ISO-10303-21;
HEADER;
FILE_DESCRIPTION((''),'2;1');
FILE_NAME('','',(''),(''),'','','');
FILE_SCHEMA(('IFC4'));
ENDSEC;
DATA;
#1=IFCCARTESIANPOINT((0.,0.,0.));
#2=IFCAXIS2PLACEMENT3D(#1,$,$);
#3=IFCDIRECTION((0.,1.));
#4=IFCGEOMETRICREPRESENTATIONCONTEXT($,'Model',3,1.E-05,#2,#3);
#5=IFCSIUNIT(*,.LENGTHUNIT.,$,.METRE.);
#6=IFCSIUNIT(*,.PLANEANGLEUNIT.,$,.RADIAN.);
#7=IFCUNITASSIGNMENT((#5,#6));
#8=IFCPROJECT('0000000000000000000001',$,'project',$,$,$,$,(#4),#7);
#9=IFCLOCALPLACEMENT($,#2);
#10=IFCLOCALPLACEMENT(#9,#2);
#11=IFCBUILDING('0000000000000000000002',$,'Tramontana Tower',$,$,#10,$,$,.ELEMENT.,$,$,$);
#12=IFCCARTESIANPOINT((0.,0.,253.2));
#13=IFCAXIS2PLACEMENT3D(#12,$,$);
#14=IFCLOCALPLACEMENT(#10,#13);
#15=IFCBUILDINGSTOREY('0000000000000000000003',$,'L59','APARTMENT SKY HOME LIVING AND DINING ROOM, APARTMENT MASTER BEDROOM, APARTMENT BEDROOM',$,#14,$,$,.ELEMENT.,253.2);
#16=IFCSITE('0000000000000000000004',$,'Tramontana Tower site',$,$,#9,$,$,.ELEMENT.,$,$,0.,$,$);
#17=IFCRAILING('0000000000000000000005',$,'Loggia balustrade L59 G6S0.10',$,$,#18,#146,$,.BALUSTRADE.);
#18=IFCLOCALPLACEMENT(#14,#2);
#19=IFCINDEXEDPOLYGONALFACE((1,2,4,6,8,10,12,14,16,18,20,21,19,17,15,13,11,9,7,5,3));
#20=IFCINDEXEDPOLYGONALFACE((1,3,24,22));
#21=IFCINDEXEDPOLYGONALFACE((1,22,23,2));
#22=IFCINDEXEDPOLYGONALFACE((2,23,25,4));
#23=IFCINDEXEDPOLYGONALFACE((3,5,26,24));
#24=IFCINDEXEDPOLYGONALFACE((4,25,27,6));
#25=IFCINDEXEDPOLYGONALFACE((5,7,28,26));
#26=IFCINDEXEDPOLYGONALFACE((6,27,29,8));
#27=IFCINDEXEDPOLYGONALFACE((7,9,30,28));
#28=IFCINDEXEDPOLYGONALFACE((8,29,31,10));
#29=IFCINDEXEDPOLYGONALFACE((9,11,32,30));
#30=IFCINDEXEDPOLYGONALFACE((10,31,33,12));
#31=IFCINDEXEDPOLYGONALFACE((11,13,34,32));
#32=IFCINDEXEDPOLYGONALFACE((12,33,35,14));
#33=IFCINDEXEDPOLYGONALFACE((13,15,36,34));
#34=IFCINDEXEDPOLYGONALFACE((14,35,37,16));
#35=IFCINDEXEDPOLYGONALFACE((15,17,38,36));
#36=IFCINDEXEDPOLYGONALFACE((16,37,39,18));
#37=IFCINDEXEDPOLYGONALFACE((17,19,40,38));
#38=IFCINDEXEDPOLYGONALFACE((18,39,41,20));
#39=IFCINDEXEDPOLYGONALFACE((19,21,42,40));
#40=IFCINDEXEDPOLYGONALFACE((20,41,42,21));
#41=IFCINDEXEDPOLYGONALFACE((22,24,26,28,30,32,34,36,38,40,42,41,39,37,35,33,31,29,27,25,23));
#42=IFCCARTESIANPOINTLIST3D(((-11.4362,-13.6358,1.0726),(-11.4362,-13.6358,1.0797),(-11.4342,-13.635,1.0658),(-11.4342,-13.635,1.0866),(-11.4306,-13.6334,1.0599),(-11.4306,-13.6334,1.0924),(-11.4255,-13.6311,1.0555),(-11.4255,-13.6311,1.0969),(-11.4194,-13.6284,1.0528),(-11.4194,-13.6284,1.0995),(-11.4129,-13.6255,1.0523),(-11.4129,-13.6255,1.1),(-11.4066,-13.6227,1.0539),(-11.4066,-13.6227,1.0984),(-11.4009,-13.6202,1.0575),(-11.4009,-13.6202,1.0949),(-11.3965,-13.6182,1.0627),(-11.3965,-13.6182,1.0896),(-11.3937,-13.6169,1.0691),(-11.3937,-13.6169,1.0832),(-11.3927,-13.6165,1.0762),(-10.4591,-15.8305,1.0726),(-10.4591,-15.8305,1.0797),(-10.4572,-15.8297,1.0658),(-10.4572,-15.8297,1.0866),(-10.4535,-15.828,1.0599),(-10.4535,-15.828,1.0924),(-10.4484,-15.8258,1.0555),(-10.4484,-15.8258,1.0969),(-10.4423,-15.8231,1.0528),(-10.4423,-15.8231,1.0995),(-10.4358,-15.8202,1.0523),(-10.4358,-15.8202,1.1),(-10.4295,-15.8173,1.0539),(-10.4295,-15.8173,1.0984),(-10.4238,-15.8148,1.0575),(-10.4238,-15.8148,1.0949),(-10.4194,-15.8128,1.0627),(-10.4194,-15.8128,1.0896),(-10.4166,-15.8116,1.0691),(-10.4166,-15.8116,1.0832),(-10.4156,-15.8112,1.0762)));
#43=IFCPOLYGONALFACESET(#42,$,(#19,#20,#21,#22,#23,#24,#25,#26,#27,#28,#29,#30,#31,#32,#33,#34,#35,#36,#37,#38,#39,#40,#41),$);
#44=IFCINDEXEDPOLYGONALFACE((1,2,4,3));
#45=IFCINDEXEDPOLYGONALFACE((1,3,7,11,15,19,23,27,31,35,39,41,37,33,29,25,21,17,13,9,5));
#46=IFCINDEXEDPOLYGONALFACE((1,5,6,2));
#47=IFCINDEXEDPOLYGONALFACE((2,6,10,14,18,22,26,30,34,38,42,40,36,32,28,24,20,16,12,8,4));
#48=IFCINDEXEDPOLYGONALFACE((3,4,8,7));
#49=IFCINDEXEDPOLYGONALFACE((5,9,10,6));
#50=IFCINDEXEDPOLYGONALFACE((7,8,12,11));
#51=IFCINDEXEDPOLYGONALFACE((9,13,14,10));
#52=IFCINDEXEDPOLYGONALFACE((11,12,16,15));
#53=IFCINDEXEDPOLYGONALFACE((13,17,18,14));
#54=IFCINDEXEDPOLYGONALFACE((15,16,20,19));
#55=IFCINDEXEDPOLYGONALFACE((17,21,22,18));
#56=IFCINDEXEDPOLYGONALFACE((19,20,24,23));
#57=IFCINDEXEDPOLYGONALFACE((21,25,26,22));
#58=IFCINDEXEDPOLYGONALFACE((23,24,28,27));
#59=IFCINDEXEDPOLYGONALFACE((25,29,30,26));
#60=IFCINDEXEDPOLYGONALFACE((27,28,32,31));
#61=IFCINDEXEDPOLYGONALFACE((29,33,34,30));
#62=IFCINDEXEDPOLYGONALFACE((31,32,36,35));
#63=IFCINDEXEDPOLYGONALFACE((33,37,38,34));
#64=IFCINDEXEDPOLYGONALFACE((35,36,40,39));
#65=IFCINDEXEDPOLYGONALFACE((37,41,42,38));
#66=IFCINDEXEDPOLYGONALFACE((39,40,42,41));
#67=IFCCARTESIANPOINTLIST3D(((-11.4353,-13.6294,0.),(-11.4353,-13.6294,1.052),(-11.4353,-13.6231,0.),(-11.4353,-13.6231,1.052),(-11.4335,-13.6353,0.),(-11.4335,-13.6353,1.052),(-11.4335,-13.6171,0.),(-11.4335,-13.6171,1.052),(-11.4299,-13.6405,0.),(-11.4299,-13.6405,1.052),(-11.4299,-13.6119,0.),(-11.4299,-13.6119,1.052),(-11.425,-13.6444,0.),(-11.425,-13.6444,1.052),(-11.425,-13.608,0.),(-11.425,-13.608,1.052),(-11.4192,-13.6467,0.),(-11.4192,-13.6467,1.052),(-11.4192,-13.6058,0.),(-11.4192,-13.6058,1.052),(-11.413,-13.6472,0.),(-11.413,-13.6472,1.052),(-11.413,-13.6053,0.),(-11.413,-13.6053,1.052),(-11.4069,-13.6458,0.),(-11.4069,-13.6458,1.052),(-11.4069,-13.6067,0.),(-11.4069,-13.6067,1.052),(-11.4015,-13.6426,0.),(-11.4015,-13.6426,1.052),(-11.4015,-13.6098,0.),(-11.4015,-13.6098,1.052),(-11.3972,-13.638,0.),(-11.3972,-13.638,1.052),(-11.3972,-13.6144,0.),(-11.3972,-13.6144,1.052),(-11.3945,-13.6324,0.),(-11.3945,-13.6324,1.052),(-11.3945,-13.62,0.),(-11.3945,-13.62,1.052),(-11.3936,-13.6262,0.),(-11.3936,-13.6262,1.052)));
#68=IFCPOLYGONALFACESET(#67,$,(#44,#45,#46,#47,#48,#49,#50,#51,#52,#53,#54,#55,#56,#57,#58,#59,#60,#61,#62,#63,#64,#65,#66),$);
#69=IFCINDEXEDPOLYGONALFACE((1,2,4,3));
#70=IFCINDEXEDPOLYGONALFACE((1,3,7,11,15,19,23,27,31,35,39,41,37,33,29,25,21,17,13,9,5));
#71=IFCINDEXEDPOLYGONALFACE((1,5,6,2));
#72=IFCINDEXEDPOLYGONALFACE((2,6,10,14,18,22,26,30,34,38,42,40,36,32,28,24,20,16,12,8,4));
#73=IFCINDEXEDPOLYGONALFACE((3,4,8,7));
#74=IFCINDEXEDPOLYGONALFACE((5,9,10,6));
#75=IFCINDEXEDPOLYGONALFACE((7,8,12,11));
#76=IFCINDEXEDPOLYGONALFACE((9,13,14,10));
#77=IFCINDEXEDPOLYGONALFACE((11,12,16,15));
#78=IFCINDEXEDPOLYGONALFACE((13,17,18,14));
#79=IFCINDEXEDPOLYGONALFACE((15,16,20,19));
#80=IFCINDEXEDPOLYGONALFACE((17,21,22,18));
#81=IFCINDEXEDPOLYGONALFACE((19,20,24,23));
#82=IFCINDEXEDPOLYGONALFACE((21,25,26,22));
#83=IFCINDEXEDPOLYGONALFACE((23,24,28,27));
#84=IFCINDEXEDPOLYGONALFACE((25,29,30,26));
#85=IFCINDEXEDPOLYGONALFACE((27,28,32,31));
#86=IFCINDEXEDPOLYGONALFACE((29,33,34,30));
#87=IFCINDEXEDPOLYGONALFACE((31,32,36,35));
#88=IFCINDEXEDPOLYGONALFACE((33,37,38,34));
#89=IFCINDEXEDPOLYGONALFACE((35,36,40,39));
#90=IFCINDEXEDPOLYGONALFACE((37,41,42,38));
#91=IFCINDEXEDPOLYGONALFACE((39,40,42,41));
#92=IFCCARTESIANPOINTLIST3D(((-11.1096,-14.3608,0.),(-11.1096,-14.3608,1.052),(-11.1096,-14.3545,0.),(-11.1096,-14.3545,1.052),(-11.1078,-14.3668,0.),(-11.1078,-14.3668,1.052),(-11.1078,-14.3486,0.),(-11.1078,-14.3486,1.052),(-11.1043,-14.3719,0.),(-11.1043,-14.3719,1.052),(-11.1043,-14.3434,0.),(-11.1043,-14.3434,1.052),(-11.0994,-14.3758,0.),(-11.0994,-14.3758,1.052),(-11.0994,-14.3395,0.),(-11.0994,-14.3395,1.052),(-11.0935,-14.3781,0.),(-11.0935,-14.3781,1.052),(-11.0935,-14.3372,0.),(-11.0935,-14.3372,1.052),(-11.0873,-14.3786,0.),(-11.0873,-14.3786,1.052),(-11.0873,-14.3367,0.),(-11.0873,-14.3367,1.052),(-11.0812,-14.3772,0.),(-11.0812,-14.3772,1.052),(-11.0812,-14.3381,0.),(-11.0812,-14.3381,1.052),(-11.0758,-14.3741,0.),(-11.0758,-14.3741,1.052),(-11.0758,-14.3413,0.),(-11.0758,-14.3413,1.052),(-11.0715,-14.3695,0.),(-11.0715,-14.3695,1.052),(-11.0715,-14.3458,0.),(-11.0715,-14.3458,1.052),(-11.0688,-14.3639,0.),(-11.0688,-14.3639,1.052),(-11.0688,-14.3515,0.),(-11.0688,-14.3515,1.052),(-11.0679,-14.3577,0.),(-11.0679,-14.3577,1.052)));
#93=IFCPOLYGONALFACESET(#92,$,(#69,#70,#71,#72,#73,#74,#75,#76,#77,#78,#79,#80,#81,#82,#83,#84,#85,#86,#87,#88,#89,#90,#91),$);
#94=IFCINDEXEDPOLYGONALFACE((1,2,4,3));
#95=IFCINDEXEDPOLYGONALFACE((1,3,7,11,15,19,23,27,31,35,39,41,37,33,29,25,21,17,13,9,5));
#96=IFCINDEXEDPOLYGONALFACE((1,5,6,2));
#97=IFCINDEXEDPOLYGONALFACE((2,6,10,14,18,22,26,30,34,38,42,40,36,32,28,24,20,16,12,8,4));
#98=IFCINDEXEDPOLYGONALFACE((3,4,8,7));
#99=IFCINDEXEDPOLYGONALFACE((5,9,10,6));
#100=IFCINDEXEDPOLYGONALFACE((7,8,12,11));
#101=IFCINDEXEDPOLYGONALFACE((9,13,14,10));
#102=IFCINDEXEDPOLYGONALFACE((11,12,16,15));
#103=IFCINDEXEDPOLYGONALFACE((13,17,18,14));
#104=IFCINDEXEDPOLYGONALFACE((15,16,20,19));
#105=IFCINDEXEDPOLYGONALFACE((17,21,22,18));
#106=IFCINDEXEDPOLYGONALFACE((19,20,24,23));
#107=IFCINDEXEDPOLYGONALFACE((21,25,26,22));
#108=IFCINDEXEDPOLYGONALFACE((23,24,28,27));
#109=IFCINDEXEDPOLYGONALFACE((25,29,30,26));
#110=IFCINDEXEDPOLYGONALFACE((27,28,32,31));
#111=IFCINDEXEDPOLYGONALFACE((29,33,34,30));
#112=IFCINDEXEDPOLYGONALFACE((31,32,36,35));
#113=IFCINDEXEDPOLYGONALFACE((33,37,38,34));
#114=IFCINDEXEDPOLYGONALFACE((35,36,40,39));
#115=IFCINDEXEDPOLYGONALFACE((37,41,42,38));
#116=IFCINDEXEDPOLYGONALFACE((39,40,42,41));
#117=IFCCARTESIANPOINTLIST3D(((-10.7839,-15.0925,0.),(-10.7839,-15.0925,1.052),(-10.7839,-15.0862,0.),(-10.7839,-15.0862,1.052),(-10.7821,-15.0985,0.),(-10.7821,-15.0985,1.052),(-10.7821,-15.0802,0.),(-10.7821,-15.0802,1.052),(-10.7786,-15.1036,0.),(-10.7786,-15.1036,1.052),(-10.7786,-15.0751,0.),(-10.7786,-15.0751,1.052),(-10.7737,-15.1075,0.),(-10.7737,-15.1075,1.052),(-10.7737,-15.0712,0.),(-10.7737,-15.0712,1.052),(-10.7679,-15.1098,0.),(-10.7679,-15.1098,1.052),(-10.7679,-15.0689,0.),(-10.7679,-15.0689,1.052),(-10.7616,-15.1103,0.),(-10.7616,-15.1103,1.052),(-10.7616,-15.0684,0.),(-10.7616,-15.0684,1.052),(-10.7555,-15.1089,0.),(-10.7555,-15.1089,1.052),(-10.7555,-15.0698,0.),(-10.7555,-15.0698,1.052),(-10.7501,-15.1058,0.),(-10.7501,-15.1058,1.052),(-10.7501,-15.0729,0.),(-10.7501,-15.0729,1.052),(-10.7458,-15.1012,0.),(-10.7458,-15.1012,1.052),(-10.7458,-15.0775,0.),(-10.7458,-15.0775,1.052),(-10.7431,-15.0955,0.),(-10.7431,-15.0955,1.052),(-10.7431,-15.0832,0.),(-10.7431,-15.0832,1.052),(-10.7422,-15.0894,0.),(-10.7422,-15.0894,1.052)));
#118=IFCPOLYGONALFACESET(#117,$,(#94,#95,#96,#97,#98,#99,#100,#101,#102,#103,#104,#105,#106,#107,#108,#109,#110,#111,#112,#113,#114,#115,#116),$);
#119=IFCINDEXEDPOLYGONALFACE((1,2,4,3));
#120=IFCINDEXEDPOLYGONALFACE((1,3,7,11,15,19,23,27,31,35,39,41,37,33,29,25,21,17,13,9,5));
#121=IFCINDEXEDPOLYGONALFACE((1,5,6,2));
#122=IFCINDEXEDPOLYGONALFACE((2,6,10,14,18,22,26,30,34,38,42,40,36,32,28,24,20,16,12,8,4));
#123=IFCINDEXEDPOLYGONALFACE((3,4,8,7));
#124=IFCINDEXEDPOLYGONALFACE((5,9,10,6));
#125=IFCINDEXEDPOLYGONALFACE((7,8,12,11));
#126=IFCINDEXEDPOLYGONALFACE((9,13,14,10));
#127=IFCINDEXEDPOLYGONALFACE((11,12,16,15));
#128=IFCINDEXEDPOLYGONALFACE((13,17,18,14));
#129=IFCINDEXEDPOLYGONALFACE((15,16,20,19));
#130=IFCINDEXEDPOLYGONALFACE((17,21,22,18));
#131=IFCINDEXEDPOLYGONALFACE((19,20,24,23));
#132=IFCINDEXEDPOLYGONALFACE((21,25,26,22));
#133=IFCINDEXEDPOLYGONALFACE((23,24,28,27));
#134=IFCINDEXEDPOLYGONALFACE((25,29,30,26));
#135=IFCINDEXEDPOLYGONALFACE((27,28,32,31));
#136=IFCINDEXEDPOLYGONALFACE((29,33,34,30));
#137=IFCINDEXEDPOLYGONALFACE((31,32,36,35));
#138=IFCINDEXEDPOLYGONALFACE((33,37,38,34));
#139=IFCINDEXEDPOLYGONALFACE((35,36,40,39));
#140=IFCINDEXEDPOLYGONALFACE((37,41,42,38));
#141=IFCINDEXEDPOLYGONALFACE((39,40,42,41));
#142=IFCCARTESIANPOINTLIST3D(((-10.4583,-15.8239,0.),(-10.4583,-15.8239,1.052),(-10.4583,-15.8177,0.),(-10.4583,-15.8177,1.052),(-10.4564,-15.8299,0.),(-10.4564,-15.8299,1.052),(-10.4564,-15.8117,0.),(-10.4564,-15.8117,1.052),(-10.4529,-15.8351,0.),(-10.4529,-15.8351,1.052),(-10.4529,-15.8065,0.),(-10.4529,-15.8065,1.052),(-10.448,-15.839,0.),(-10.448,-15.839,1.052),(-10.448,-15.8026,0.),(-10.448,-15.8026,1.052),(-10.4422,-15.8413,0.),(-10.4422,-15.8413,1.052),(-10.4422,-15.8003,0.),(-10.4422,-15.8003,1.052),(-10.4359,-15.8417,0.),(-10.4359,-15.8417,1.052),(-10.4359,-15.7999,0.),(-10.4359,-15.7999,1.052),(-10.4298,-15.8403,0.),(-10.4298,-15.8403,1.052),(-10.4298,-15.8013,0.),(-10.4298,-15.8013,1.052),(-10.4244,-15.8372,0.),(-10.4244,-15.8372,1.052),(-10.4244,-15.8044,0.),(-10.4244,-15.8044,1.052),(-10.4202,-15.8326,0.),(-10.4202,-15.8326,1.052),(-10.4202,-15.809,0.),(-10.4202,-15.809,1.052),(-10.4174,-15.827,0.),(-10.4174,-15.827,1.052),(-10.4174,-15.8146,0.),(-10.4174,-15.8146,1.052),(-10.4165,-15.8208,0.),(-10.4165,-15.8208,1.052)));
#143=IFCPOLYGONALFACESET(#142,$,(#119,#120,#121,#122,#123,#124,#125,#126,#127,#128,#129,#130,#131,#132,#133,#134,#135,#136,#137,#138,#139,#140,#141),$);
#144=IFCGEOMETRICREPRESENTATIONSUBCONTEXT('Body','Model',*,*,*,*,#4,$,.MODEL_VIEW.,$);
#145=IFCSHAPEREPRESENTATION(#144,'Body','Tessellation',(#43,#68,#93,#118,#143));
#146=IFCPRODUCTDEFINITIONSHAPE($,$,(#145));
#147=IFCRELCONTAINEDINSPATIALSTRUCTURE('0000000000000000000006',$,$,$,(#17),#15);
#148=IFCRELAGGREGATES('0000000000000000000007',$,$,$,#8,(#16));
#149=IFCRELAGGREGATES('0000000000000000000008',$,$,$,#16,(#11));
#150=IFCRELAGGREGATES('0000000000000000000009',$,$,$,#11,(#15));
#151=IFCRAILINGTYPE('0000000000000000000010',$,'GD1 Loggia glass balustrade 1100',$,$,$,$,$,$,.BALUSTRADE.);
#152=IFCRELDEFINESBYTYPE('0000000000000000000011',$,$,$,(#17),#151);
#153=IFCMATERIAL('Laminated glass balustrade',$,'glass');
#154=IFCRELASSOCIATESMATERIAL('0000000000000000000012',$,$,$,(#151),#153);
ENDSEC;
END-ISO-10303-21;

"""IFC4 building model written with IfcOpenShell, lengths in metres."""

from ifc_helpers import new_model, si_unit, direction, frame, origin, origin_2d, place, context, subcontext, project, spatial, circle, extrude, material, type_object, element, save


model = new_model("IFC4")

# Units and contexts
model_context = context("Model", 3, precision=1e-05, world=origin(), true_north=direction((0.0, 1.0)))
body_context = subcontext(model_context, "Body", "Model", "MODEL_VIEW")
ifc_project = project(units=[si_unit("LENGTHUNIT", "METRE"), si_unit("PLANEANGLEUNIT", "RADIAN")], contexts=[model_context])

# Site, building, storey
site_placement = place(None, origin())
site = spatial("IfcSite", under=ifc_project, at=site_placement, Name="Tramontana Tower site", CompositionType="ELEMENT", RefElevation=0.0)
building_placement = place(site_placement, origin())
building = spatial("IfcBuilding", under=site, at=building_placement, Name="Tramontana Tower", CompositionType="ELEMENT")
storey_placement = place(building_placement, frame((0.0, 0.0, 253.2)))
storey = spatial("IfcBuildingStorey", under=building, at=storey_placement, Name="L59", Description="APARTMENT SKY HOME LIVING AND DINING ROOM, APARTMENT MASTER BEDROOM, APARTMENT BEDROOM", CompositionType="ELEMENT", Elevation=253.2)

# Railing
ifc_material_1 = material(Name="Laminated glass balustrade", Category="glass")
railing_type = type_object("IfcRailingType", Name="GD1 Loggia glass balustrade 1100", PredefinedType="BALUSTRADE", material=ifc_material_1)
railing_placement = place(storey_placement, frame((-11.4146, -13.6262, 0.0)))
element("IfcRailing", 1, at=railing_placement, inside=storey, type_object=railing_type, Name="Loggia balustrade L59 G6S0.10", PredefinedType="BALUSTRADE", context=body_context, shape_type="SweptSolid", body=[
    extrude(circle(Radius=0.0239, at=origin_2d()), frame((0.0, 0.0, 1.0762), z_axis=(0.406723, -0.913552, 0.0), x_axis=(0.913552, 0.406723, 0.0)), (0.0, 0.0, 1.0), 2.4023),
    extrude(circle(Radius=0.021, at=origin_2d()), origin(), (0.0, 0.0, 1.0), 1.052),
    extrude(circle(Radius=0.021, at=origin_2d()), frame((0.3257, -0.7314, 0.0)), (0.0, 0.0, 1.0), 1.052),
    extrude(circle(Radius=0.021, at=origin_2d()), frame((0.6514, -1.4631, 0.0)), (0.0, 0.0, 1.0), 1.052),
    extrude(circle(Radius=0.021, at=origin_2d()), frame((0.9771, -2.1946, 0.0)), (0.0, 0.0, 1.0), 1.052),
])

save(model, "model.ifc")
